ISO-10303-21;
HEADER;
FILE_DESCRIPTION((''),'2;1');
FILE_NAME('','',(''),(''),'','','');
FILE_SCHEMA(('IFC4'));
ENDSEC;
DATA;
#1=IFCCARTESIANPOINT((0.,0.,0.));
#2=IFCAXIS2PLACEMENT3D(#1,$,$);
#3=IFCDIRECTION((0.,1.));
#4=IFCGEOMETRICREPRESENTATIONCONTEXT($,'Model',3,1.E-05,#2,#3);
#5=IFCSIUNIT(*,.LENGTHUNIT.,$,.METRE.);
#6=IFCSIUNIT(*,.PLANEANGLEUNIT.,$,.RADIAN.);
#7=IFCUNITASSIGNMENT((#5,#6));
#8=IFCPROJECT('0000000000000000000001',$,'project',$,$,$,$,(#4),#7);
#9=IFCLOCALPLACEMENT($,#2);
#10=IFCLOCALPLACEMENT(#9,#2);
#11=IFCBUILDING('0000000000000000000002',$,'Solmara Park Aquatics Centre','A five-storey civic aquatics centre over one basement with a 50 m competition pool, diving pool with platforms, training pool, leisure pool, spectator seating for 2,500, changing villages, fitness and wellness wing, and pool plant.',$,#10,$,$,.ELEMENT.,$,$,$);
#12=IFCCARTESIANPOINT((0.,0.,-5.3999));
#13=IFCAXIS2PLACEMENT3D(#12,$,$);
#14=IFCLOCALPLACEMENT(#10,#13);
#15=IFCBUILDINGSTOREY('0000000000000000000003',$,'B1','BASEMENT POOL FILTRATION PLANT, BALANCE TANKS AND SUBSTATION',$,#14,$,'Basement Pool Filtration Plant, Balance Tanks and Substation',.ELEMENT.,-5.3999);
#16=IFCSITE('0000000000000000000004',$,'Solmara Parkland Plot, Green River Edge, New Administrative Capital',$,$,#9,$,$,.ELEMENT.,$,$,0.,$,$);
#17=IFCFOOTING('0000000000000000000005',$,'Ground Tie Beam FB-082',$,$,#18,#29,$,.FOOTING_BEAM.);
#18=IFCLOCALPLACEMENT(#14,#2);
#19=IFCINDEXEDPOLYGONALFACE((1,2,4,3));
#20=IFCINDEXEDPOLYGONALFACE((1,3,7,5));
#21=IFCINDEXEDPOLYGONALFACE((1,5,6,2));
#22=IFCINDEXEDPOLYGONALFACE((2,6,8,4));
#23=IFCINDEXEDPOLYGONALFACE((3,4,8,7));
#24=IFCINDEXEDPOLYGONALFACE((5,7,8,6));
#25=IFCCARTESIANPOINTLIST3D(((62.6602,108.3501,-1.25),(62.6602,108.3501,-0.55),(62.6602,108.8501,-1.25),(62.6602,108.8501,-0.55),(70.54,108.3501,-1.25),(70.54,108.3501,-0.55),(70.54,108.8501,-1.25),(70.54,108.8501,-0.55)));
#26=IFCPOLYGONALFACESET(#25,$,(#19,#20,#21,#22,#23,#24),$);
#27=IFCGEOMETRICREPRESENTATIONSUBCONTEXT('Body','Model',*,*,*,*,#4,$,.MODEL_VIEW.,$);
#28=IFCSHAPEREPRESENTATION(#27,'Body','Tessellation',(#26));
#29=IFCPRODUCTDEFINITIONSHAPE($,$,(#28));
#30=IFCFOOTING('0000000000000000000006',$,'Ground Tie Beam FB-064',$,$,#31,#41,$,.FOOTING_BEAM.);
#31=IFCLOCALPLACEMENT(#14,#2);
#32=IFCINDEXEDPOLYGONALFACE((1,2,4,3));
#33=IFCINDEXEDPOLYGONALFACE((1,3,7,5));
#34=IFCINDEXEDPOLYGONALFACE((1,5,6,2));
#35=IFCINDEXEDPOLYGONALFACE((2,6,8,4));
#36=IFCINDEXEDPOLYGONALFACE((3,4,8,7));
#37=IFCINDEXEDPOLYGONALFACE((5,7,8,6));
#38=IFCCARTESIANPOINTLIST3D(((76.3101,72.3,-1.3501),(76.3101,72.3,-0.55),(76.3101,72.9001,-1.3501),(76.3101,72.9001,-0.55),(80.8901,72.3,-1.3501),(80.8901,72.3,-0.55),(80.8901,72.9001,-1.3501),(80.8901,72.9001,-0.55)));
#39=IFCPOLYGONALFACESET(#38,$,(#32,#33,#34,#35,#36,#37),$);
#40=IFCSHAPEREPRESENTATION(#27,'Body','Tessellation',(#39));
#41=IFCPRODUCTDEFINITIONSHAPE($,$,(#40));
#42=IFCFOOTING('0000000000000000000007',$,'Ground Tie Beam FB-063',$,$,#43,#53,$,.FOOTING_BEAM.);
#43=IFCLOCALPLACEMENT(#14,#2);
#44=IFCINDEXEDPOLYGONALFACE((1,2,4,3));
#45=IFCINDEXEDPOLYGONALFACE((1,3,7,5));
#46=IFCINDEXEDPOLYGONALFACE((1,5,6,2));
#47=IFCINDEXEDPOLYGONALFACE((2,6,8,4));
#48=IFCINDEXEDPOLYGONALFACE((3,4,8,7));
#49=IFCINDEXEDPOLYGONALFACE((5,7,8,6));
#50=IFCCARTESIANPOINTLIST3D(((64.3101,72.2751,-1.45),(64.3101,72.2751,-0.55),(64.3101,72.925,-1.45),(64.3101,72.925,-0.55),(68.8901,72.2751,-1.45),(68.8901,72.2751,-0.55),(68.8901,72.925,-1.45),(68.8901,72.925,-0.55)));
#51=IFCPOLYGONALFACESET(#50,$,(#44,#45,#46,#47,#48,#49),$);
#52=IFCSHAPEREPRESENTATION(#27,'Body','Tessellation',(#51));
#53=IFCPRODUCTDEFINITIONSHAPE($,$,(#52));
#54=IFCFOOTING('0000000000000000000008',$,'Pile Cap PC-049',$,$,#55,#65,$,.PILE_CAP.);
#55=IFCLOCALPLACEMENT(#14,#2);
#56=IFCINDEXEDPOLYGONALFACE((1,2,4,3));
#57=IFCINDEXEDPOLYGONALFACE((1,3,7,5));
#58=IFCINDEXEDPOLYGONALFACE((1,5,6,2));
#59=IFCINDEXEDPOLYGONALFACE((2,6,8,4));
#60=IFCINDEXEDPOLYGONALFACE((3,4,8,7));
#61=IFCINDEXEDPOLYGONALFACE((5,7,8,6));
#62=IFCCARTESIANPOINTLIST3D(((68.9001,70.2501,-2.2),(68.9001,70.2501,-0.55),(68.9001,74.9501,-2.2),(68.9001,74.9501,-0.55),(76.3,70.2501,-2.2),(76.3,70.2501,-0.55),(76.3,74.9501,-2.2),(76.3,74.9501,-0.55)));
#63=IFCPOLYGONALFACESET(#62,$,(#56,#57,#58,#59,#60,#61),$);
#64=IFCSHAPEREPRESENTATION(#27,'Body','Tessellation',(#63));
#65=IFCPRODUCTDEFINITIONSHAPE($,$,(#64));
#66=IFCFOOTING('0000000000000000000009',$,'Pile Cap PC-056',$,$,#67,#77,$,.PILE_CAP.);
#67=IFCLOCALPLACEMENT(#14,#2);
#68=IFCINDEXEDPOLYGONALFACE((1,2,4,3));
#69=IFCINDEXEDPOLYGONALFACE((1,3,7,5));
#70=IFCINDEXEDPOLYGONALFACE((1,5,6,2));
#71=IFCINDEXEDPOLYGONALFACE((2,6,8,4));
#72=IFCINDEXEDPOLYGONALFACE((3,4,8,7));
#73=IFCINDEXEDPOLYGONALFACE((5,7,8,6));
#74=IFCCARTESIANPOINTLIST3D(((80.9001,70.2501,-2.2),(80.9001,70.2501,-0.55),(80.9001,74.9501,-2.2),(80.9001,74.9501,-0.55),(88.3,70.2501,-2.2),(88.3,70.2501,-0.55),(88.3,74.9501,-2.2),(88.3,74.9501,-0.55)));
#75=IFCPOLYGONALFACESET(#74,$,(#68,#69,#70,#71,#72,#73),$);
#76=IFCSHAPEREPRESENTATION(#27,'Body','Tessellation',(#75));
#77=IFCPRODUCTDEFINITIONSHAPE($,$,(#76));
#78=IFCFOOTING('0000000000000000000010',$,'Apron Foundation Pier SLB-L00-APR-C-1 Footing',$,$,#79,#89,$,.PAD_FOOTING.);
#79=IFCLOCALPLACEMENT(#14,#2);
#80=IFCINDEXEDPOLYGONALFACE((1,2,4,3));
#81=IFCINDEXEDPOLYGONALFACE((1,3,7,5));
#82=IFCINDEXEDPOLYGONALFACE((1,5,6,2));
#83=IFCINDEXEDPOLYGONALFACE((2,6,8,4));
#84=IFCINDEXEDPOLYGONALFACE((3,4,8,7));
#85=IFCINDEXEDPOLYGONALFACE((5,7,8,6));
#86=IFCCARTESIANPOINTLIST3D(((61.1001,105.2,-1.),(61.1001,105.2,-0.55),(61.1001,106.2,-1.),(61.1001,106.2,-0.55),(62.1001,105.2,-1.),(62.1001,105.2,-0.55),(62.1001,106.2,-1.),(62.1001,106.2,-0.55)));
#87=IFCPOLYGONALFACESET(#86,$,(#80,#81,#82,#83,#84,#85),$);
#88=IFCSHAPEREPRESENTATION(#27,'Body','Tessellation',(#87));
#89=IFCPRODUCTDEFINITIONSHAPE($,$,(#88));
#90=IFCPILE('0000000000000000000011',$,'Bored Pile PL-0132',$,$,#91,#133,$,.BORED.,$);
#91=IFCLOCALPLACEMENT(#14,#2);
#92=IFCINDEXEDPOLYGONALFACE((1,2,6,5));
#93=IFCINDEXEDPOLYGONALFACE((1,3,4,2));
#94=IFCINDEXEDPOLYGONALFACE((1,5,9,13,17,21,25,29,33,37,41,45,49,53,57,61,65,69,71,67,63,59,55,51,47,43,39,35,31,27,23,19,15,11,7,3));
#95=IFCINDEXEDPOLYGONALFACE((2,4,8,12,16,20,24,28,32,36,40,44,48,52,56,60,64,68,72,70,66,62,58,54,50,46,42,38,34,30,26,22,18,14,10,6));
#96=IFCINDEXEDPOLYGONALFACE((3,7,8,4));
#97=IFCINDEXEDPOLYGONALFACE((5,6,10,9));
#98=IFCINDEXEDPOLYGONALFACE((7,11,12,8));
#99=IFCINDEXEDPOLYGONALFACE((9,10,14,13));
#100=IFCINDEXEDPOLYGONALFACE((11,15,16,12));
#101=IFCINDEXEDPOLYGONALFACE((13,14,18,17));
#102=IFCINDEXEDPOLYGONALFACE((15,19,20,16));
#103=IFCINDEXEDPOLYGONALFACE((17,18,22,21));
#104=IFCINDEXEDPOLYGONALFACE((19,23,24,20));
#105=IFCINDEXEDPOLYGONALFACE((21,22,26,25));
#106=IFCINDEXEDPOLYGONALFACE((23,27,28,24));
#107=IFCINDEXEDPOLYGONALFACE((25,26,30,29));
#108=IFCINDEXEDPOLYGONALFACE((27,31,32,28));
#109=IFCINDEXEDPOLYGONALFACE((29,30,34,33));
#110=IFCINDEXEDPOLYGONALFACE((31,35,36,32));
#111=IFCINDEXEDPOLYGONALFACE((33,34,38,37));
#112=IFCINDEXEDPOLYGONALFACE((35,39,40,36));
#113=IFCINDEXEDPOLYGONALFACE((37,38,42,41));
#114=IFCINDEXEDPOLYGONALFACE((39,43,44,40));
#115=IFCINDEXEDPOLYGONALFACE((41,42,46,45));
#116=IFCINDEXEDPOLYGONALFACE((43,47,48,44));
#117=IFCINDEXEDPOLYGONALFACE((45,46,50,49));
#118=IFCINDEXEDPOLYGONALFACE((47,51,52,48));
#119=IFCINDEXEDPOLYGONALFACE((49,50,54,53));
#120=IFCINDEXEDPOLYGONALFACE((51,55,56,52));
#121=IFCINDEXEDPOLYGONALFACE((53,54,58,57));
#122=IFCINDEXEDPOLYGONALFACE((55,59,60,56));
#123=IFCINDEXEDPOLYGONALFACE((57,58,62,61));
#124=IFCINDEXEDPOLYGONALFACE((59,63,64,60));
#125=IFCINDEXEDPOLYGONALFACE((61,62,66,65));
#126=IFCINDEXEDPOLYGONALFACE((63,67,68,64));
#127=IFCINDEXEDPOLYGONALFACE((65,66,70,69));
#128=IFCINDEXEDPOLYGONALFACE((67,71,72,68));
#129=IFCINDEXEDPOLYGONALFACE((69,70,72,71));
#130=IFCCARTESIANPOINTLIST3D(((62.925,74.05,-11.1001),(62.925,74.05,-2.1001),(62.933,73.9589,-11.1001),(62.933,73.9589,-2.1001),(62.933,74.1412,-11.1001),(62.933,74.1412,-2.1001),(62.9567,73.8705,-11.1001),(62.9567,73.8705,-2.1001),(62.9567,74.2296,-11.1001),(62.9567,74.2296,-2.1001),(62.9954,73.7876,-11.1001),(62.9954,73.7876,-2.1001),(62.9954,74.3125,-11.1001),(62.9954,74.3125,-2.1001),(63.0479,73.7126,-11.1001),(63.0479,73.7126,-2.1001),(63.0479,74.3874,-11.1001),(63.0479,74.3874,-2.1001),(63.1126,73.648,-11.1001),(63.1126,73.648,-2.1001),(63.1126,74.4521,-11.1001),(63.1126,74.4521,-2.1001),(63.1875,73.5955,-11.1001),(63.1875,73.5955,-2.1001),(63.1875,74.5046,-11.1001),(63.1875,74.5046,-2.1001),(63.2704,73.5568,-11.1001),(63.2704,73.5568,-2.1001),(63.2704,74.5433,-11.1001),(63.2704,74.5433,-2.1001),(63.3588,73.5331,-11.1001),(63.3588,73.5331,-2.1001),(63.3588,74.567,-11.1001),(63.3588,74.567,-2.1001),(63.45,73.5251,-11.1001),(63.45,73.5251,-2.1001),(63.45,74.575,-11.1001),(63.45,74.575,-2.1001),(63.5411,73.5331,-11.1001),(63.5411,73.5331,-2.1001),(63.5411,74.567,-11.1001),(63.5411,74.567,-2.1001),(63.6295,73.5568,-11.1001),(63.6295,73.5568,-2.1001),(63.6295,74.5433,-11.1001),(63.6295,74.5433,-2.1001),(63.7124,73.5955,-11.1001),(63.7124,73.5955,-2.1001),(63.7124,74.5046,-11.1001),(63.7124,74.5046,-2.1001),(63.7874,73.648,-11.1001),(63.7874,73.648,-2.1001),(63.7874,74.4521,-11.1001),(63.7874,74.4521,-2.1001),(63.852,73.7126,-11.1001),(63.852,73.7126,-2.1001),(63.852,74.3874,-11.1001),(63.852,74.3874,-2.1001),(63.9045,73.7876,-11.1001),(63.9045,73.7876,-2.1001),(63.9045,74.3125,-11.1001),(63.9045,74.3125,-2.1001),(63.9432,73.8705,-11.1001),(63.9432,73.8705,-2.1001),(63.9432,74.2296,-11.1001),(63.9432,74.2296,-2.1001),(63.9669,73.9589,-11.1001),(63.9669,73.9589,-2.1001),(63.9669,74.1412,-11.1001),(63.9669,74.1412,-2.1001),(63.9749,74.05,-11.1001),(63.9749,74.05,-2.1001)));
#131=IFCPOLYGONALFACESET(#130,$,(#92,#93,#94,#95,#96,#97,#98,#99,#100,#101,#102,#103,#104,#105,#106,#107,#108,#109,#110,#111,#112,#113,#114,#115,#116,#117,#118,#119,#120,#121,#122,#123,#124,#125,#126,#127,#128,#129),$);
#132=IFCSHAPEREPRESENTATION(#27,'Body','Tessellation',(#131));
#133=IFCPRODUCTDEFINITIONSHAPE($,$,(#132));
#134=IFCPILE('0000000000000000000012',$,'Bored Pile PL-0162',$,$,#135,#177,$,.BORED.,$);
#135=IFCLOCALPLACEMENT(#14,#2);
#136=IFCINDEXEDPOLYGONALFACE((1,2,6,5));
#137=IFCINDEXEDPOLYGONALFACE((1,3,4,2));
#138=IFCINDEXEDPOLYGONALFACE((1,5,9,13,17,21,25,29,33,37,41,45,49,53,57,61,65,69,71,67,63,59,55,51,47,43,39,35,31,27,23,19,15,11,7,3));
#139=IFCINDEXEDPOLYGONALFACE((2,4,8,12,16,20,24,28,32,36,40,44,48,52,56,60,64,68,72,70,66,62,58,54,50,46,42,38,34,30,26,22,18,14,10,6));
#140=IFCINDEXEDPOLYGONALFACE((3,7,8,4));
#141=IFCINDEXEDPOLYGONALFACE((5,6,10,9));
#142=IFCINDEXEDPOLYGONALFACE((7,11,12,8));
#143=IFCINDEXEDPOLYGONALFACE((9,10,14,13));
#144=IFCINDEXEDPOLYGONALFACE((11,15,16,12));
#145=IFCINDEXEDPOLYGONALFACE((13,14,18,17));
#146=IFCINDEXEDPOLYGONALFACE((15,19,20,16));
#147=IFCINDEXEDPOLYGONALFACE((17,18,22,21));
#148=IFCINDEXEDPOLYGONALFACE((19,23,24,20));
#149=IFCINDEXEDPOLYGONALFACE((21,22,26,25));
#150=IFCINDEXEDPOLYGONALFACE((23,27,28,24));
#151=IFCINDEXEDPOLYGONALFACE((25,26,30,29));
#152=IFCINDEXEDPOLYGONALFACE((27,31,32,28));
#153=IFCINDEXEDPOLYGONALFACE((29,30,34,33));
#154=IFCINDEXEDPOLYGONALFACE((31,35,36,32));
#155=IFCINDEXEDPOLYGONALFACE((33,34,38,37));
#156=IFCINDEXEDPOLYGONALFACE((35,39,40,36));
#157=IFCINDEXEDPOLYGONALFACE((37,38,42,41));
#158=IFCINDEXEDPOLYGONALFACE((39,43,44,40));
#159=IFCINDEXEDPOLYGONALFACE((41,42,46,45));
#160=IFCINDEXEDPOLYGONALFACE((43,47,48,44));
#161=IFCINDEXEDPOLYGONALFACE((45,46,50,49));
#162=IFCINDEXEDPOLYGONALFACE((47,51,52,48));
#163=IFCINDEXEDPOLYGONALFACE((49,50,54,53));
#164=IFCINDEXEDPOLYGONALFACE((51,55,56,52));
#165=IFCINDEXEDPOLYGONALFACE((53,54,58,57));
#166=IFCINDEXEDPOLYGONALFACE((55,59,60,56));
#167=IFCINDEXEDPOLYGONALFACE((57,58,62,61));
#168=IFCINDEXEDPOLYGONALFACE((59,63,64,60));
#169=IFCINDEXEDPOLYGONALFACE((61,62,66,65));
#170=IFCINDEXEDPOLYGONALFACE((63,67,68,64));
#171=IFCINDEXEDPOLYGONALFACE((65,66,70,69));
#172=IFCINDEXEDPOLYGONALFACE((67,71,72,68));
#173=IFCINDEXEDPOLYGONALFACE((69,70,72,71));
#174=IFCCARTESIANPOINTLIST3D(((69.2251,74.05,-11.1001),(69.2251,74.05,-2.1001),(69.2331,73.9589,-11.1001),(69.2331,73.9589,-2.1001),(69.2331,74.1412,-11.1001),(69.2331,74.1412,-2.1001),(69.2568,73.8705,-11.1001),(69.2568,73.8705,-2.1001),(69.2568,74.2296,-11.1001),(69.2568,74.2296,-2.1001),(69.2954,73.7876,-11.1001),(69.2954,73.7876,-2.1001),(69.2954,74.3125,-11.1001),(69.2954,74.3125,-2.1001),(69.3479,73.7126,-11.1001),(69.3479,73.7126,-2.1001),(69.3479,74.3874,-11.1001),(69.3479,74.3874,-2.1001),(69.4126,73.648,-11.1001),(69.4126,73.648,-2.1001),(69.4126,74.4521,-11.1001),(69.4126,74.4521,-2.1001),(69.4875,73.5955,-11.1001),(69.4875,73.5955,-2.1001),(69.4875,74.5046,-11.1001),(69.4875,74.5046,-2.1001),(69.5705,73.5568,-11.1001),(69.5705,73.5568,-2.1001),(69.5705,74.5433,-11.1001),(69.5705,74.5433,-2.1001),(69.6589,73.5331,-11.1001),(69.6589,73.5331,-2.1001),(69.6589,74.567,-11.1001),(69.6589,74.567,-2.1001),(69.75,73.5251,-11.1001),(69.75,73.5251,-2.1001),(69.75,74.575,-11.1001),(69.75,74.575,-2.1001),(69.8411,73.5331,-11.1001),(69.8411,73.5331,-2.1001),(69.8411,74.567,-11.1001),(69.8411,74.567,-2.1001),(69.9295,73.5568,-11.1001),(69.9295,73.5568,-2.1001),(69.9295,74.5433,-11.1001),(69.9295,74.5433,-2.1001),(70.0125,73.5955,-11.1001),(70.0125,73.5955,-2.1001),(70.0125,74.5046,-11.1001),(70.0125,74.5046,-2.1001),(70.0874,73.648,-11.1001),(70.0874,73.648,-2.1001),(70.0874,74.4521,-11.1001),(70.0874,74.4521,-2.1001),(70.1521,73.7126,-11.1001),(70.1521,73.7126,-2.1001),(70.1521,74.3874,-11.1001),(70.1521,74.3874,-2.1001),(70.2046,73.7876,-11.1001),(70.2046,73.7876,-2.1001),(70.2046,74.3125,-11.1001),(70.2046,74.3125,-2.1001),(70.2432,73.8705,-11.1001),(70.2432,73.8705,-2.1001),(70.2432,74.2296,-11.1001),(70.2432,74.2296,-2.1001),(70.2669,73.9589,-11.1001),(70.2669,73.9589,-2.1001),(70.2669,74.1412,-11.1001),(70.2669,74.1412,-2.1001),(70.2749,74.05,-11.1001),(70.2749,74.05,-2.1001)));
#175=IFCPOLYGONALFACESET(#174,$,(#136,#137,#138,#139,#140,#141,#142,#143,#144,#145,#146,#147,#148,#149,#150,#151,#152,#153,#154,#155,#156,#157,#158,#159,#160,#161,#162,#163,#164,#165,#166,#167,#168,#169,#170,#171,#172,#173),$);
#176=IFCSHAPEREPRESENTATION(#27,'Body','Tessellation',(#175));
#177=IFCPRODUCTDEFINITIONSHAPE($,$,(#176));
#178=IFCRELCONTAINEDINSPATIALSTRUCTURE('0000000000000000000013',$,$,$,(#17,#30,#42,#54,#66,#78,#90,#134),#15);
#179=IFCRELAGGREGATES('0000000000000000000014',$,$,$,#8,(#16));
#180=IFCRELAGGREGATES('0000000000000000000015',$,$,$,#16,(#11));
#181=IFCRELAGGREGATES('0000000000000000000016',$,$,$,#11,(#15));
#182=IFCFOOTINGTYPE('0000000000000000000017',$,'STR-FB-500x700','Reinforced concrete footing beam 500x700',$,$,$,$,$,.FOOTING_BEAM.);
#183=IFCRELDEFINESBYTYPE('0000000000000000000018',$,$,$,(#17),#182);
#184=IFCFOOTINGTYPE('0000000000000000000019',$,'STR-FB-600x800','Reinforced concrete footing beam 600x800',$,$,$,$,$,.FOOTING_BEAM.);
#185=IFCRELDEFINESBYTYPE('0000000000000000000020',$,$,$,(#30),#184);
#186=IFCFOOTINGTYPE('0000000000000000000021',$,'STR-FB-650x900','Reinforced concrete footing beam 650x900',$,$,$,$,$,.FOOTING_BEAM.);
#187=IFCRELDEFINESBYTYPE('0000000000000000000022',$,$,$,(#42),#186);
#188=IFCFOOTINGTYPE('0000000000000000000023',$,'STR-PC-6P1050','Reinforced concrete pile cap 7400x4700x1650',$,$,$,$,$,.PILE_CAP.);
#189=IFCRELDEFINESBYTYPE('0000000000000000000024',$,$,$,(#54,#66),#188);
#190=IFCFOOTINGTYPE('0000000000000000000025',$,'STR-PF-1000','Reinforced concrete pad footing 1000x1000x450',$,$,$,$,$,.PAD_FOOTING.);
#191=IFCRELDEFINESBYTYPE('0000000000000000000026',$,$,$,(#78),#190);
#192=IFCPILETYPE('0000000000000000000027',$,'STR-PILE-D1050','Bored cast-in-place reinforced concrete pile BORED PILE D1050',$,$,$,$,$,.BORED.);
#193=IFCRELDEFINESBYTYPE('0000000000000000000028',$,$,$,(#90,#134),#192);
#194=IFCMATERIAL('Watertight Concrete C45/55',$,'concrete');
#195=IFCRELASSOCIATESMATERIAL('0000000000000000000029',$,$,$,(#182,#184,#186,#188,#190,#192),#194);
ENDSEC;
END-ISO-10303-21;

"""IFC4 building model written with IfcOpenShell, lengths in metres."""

from ifc_helpers import new_model, si_unit, direction, frame, origin, origin_2d, place, context, subcontext, project, spatial, rectangle, circle, extrude, material, material_profile, profile_set, type_object, element, save


model = new_model("IFC4")

# Units and contexts
model_context = context("Model", 3, precision=1e-05, world=origin(), true_north=direction((0.0, 1.0)))
body_context = subcontext(model_context, "Body", "Model", "MODEL_VIEW")
ifc_project = project(units=[si_unit("LENGTHUNIT", "METRE"), si_unit("PLANEANGLEUNIT", "RADIAN")], contexts=[model_context])

# Site, building, storey
site_placement = place(None, origin())
site = spatial("IfcSite", under=ifc_project, at=site_placement, Name="Solmara Parkland Plot, Green River Edge, New Administrative Capital", CompositionType="ELEMENT", RefElevation=0.0)
building_placement = place(site_placement, origin())
building = spatial("IfcBuilding", under=site, at=building_placement, Name="Solmara Park Aquatics Centre", Description="A five-storey civic aquatics centre over one basement with a 50 m competition pool, diving pool with platforms, training pool, leisure pool, spectator seating for 2,500, changing villages, fitness and wellness wing, and pool plant.", CompositionType="ELEMENT")
storey_placement = place(building_placement, frame((0.0, 0.0, -5.3999)))
storey = spatial("IfcBuildingStorey", under=building, at=storey_placement, Name="B1", Description="BASEMENT POOL FILTRATION PLANT, BALANCE TANKS AND SUBSTATION", LongName="Basement Pool Filtration Plant, Balance Tanks and Substation", CompositionType="ELEMENT", Elevation=-5.3999)

# Footings
ifc_material_1 = material(Name="Watertight Concrete C45/55", Category="concrete")
footing_type_1 = type_object("IfcFootingType", Name="STR-FB-500x700", Description="Reinforced concrete footing beam 500x700", PredefinedType="FOOTING_BEAM", material=ifc_material_1)
footing_1_placement = place(storey_placement, frame((66.6001, 108.6001, -1.25), z_axis=(0.0, 0.0, 1.0), x_axis=(1.0, 0.0, 0.0)))
element("IfcFooting", 1, at=footing_1_placement, inside=storey, type_object=footing_type_1, Name="Ground Tie Beam FB-082", PredefinedType="FOOTING_BEAM", context=body_context, shape_type="SweptSolid", body=[
    extrude(rectangle(XDim=7.8799, YDim=0.5, at=origin_2d()), origin(), (0.0, 0.0, 1.0), 0.7),
])
footing_type_2 = type_object("IfcFootingType", Name="STR-FB-600x800", Description="Reinforced concrete footing beam 600x800", PredefinedType="FOOTING_BEAM", material=ifc_material_1)
footing_2_placement = place(storey_placement, frame((78.6001, 72.6001, -1.3501), z_axis=(0.0, 0.0, 1.0), x_axis=(1.0, 0.0, 0.0)))
element("IfcFooting", 2, at=footing_2_placement, inside=storey, type_object=footing_type_2, Name="Ground Tie Beam FB-064", PredefinedType="FOOTING_BEAM", context=body_context, shape_type="SweptSolid", body=[
    extrude(rectangle(XDim=4.5801, YDim=0.6001, at=origin_2d()), origin(), (0.0, 0.0, 1.0), 0.8),
])
footing_type_3 = type_object("IfcFootingType", Name="STR-FB-650x900", Description="Reinforced concrete footing beam 650x900", PredefinedType="FOOTING_BEAM", material=ifc_material_1)
footing_3_placement = place(storey_placement, frame((66.6001, 72.6001, -1.45), z_axis=(0.0, 0.0, 1.0), x_axis=(1.0, 0.0, 0.0)))
element("IfcFooting", 3, at=footing_3_placement, inside=storey, type_object=footing_type_3, Name="Ground Tie Beam FB-063", PredefinedType="FOOTING_BEAM", context=body_context, shape_type="SweptSolid", body=[
    extrude(rectangle(XDim=4.5801, YDim=0.6499, at=origin_2d()), origin(), (0.0, 0.0, 1.0), 0.8999),
])
footing_type_4 = type_object("IfcFootingType", Name="STR-PC-6P1050", Description="Reinforced concrete pile cap 7400x4700x1650", PredefinedType="PILE_CAP", material=ifc_material_1)
for number, where, z_axis, x_axis, name in (
    (4, (72.6001, 72.6001, -2.2), (0.0, 0.0, 1.0), (1.0, 0.0, 0.0), "Pile Cap PC-049"),
    (5, (84.6001, 72.6001, -2.2), (0.0, 0.0, 1.0), (1.0, 0.0, 0.0), "Pile Cap PC-056"),
):
    element("IfcFooting", number, at=place(storey_placement, frame(where, z_axis=z_axis, x_axis=x_axis)), inside=storey, type_object=footing_type_4, Name=name, PredefinedType="PILE_CAP", context=body_context, shape_type="SweptSolid", body=[
        extrude(rectangle(XDim=7.3999, YDim=4.7, at=origin_2d()), origin(), (0.0, 0.0, 1.0), 1.6499),
    ])
footing_type_5 = type_object("IfcFootingType", Name="STR-PF-1000", Description="Reinforced concrete pad footing 1000x1000x450", PredefinedType="PAD_FOOTING", material=ifc_material_1)
footing_4_placement = place(storey_placement, frame((61.6001, 105.7, -1.0), z_axis=(0.0, 0.0, 1.0), x_axis=(1.0, 0.0, 0.0)))
element("IfcFooting", 6, at=footing_4_placement, inside=storey, type_object=footing_type_5, Name="Apron Foundation Pier SLB-L00-APR-C-1 Footing", PredefinedType="PAD_FOOTING", context=body_context, shape_type="SweptSolid", body=[
    extrude(rectangle(XDim=1.0, YDim=1.0, at=origin_2d()), origin(), (0.0, 0.0, 1.0), 0.45),
])

# Piles
ifc_material_profile_1 = material_profile(ifc_material_1, circle(Radius=0.5249, at=origin_2d()), Name="BORED PILE D1050")
ifc_profile_set_1 = profile_set([ifc_material_profile_1], Name="Watertight Concrete C45/55")
pile_type_1 = type_object("IfcPileType", Name="STR-PILE-D1050", Description="Bored cast-in-place reinforced concrete pile BORED PILE D1050", PredefinedType="BORED", material=ifc_profile_set_1)
for number, where, z_axis, x_axis, name in (
    (7, (63.45, 74.05, -2.1001), (0.0, 0.0, -1.0), (1.0, 0.0, 0.0), "Bored Pile PL-0132"),
    (8, (69.75, 74.05, -2.1001), (0.0, 0.0, -1.0), (1.0, 0.0, 0.0), "Bored Pile PL-0162"),
):
    element("IfcPile", number, at=place(storey_placement, frame(where, z_axis=z_axis, x_axis=x_axis)), inside=storey, type_object=pile_type_1, Name=name, PredefinedType="BORED", context=body_context, shape_type="SweptSolid", body=[
        extrude(circle(Radius=0.5249, at=origin_2d()), origin(), (0.0, 0.0, 1.0), 9.0),
    ])

save(model, "model.ifc")
